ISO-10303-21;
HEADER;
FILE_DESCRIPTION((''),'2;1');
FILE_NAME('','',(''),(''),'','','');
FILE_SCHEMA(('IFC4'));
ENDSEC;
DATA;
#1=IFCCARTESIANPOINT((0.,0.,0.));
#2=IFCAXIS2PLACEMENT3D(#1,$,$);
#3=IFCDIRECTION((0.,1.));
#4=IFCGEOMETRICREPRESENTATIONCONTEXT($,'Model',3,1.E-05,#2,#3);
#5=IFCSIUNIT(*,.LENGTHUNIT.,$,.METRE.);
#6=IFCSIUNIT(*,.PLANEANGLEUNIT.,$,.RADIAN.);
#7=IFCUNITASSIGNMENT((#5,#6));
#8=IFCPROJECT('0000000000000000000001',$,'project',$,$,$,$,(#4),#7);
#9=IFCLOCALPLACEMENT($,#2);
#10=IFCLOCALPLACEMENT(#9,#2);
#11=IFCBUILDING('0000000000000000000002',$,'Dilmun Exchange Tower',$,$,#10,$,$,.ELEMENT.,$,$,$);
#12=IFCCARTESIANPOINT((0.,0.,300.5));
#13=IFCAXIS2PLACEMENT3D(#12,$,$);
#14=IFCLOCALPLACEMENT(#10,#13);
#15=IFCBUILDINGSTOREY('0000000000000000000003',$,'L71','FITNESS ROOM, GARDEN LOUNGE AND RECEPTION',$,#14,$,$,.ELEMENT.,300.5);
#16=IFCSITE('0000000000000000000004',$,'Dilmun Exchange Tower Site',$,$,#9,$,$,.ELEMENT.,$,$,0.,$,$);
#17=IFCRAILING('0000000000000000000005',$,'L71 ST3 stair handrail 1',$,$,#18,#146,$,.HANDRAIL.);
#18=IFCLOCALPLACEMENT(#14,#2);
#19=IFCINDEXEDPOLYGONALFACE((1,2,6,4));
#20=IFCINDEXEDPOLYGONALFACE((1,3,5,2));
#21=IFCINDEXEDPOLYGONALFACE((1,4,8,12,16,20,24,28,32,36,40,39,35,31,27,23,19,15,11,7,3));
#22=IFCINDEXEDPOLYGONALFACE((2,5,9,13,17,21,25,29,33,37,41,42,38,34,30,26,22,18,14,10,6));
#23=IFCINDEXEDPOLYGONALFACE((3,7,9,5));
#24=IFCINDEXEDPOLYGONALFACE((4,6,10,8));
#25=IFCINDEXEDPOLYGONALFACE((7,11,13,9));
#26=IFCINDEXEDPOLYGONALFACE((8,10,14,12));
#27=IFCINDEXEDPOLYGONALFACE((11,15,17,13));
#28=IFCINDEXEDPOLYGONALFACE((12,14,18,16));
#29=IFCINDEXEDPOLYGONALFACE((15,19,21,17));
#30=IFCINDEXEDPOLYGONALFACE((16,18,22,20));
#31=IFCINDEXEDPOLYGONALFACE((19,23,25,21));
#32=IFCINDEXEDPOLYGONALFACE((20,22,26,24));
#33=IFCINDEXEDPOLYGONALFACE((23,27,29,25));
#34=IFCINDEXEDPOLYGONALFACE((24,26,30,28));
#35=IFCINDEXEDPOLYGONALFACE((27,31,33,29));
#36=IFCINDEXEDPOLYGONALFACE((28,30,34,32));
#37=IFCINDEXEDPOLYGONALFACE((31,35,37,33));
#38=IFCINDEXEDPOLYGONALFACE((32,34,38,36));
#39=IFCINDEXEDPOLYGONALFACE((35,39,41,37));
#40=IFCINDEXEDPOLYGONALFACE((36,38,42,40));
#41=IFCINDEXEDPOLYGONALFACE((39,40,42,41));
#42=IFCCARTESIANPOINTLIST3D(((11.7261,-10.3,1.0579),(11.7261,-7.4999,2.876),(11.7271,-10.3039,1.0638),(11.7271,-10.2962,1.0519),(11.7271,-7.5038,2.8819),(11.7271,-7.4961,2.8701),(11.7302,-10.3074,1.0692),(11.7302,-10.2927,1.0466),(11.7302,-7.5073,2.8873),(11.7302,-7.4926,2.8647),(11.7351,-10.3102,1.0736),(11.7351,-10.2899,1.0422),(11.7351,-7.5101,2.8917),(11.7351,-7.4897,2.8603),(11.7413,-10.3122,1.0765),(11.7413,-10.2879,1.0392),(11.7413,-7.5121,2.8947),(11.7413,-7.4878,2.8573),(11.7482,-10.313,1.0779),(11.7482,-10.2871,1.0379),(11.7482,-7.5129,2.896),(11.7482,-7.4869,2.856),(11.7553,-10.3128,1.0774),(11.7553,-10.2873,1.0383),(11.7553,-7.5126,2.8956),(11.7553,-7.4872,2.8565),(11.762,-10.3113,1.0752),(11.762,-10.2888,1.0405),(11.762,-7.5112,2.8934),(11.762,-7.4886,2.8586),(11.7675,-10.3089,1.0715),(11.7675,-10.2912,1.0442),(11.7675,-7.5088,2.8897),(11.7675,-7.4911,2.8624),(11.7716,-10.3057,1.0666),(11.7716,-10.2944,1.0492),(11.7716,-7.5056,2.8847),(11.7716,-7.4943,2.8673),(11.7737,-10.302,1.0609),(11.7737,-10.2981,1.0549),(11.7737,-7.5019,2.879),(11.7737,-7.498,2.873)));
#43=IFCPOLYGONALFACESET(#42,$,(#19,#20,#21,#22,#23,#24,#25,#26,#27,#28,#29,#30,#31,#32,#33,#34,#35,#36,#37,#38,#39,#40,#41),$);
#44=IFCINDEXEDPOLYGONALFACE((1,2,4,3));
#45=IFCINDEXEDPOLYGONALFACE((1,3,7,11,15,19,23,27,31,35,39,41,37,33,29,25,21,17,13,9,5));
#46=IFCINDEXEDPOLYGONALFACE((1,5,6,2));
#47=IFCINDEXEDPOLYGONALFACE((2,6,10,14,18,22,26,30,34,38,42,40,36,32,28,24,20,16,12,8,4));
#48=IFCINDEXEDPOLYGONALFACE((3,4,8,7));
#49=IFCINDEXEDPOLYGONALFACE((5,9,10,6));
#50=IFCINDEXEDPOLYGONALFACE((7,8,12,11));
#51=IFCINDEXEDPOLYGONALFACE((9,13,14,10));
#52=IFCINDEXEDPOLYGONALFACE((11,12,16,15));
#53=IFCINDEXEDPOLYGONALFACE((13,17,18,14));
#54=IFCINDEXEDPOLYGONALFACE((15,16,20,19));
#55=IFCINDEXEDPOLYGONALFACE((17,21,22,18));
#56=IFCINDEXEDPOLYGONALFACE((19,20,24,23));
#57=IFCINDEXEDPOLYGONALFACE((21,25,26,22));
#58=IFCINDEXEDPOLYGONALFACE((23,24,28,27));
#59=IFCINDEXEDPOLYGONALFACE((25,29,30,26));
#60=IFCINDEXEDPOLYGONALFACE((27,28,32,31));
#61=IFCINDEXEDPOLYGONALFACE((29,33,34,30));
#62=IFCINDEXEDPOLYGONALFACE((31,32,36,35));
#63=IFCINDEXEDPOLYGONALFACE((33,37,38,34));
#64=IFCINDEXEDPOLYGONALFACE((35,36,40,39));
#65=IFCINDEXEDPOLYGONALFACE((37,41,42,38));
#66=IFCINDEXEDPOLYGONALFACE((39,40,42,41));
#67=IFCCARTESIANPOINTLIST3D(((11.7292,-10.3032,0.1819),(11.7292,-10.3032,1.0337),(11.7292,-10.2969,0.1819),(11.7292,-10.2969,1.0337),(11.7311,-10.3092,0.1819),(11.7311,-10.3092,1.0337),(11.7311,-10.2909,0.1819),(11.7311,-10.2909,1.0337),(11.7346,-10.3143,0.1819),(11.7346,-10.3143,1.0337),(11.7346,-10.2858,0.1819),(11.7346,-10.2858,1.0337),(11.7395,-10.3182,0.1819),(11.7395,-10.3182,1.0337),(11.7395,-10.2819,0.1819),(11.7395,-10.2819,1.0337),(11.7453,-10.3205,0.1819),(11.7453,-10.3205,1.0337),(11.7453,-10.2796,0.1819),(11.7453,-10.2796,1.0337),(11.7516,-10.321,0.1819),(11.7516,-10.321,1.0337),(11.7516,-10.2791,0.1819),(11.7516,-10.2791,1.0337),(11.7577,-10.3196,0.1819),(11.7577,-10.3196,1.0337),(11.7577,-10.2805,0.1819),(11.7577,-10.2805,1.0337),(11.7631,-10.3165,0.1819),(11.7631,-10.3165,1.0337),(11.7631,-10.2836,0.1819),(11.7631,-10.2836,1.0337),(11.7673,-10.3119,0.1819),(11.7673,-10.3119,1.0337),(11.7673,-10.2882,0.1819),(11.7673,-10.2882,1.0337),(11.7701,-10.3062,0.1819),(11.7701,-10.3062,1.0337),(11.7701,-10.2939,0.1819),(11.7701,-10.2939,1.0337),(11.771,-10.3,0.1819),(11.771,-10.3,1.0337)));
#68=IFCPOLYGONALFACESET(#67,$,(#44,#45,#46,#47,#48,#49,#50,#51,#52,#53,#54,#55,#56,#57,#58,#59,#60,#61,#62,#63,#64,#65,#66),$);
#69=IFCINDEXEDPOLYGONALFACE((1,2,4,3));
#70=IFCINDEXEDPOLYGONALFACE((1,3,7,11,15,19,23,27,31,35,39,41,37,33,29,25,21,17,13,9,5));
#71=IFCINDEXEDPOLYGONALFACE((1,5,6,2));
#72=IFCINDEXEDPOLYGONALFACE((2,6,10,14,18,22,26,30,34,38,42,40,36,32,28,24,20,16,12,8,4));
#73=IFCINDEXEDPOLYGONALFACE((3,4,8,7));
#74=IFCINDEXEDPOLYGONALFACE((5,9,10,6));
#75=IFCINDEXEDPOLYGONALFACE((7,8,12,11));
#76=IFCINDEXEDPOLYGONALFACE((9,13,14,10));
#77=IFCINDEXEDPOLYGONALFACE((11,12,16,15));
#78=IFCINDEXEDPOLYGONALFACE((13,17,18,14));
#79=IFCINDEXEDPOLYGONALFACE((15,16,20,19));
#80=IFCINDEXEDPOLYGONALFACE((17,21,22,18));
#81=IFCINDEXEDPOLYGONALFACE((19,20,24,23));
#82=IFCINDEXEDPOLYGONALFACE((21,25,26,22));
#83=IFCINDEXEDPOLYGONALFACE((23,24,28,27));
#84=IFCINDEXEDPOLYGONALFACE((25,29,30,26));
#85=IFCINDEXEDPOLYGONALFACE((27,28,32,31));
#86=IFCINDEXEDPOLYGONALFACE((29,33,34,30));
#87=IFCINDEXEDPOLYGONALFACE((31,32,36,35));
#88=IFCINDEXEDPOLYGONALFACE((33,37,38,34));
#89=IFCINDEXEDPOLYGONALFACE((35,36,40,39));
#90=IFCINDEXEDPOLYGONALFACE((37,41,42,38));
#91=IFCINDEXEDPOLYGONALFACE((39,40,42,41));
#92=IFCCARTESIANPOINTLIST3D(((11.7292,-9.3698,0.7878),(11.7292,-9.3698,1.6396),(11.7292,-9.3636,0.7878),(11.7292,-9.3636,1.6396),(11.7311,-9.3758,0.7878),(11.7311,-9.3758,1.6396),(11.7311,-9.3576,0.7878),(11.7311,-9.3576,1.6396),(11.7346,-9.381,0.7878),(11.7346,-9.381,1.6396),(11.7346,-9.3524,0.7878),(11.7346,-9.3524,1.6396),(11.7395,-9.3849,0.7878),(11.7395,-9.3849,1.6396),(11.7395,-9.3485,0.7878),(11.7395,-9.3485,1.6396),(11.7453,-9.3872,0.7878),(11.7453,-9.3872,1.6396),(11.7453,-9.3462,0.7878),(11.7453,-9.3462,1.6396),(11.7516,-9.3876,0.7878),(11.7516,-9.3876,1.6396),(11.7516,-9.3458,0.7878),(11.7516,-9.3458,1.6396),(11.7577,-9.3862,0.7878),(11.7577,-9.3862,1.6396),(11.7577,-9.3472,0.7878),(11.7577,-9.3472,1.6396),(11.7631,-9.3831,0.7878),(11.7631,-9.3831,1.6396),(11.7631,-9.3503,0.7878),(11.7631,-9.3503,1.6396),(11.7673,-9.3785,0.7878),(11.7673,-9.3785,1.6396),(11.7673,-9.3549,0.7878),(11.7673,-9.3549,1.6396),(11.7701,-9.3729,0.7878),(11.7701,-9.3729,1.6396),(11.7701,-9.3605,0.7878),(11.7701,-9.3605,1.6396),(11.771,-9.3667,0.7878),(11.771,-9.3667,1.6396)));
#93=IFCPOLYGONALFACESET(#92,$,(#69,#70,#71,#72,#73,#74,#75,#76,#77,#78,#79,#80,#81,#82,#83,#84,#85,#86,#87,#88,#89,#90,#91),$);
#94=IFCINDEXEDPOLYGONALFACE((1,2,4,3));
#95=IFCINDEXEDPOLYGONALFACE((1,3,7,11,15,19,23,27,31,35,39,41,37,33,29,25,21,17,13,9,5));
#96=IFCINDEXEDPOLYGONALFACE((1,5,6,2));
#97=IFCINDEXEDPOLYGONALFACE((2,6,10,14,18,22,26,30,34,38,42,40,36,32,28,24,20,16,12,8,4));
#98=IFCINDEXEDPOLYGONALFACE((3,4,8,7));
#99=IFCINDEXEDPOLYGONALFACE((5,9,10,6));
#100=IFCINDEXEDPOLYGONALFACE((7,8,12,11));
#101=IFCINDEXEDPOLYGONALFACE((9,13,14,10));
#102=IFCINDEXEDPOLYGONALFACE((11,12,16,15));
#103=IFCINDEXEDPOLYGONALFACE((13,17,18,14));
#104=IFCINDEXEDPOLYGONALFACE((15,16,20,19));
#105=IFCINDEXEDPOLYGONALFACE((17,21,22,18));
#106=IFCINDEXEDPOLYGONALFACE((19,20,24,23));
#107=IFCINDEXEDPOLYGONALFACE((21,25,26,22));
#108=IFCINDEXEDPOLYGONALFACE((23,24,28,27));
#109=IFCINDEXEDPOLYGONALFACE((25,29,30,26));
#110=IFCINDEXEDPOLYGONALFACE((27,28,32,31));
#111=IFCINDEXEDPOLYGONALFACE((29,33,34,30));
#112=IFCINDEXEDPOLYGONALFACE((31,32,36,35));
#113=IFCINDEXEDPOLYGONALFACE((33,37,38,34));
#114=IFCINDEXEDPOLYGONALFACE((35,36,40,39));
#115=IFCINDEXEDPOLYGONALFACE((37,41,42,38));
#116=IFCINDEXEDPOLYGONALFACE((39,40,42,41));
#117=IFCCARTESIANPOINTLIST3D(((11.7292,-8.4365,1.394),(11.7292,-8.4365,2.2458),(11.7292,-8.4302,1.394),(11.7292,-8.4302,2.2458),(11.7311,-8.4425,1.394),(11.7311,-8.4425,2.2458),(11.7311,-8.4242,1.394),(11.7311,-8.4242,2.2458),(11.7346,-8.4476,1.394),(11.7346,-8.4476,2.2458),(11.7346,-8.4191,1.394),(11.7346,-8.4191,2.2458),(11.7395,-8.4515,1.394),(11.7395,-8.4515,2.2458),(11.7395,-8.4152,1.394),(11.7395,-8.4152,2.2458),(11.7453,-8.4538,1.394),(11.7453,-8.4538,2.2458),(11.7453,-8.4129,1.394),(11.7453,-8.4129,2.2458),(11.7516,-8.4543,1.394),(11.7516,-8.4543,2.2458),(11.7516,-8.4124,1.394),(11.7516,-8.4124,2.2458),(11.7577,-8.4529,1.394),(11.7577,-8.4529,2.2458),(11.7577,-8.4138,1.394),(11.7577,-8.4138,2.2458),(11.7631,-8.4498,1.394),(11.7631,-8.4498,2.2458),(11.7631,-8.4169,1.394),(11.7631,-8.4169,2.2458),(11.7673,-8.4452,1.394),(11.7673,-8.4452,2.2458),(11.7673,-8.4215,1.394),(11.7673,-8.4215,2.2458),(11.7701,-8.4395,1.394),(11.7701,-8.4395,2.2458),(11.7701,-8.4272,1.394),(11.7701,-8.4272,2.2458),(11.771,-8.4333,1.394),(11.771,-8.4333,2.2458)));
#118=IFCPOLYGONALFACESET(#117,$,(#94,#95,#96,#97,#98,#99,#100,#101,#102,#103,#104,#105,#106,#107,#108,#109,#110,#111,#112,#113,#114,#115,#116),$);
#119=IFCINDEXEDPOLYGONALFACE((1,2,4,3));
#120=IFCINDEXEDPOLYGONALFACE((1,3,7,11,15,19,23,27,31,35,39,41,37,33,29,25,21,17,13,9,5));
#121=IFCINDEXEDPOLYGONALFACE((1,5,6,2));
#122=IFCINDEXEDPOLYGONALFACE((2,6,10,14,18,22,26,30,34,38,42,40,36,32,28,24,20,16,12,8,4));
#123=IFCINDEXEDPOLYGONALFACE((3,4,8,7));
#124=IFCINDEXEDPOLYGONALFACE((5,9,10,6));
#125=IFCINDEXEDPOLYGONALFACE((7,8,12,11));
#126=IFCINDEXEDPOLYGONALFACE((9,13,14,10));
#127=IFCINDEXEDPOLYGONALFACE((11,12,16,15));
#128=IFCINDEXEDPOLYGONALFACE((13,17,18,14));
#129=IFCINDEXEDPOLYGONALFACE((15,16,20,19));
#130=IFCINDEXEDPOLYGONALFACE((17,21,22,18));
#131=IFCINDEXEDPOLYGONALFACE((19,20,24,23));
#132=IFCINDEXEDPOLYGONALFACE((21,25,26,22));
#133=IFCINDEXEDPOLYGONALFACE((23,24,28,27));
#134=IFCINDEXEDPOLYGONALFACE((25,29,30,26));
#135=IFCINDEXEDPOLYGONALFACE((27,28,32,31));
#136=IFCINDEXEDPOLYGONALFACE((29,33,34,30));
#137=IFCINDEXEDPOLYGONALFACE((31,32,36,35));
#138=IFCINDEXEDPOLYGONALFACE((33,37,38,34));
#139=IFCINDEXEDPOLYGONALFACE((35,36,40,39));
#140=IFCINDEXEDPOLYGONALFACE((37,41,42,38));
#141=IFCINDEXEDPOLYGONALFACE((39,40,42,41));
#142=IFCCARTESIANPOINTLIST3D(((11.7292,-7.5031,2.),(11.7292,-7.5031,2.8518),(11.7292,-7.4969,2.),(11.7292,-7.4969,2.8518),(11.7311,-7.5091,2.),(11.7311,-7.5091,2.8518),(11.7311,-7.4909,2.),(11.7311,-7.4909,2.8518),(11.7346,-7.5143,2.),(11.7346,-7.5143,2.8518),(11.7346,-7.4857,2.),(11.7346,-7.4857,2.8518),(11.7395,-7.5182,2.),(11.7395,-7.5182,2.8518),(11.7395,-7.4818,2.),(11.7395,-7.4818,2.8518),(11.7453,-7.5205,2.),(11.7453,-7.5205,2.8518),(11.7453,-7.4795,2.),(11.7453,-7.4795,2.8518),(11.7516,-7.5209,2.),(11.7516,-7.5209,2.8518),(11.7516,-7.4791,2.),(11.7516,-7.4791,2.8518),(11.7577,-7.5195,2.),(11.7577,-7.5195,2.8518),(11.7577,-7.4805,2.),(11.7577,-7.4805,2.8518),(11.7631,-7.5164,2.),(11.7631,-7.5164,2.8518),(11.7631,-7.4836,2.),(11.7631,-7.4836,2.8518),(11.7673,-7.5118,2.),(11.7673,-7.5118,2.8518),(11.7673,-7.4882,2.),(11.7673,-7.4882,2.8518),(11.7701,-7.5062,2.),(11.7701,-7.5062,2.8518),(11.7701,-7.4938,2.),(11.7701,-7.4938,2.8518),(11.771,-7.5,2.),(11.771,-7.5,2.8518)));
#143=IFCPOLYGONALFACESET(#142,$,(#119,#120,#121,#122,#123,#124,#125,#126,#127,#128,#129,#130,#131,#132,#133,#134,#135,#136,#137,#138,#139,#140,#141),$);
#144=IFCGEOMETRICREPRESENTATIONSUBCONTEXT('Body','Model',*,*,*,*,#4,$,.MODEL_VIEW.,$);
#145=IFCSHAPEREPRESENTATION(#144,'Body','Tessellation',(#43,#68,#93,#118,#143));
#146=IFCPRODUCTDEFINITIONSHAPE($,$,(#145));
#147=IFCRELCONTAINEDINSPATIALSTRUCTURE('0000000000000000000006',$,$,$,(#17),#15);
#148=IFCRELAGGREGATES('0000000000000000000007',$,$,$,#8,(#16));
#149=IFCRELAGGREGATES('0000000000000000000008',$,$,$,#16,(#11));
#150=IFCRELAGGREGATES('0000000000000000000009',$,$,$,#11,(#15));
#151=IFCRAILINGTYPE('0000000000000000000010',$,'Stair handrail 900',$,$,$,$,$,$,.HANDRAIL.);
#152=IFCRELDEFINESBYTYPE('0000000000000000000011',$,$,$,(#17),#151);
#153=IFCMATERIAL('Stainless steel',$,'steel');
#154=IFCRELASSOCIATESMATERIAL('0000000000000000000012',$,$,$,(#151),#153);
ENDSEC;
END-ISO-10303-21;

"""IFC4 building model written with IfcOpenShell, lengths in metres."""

from ifc_helpers import new_model, si_unit, direction, frame, origin, origin_2d, place, context, subcontext, project, spatial, circle, extrude, material, type_object, element, save


model = new_model("IFC4")

# Units and contexts
model_context = context("Model", 3, precision=1e-05, world=origin(), true_north=direction((0.0, 1.0)))
body_context = subcontext(model_context, "Body", "Model", "MODEL_VIEW")
ifc_project = project(units=[si_unit("LENGTHUNIT", "METRE"), si_unit("PLANEANGLEUNIT", "RADIAN")], contexts=[model_context])

# Site, building, storey
site_placement = place(None, origin())
site = spatial("IfcSite", under=ifc_project, at=site_placement, Name="Dilmun Exchange Tower Site", CompositionType="ELEMENT", RefElevation=0.0)
building_placement = place(site_placement, origin())
building = spatial("IfcBuilding", under=site, at=building_placement, Name="Dilmun Exchange Tower", CompositionType="ELEMENT")
storey_placement = place(building_placement, frame((0.0, 0.0, 300.5)))
storey = spatial("IfcBuildingStorey", under=building, at=storey_placement, Name="L71", Description="FITNESS ROOM, GARDEN LOUNGE AND RECEPTION", CompositionType="ELEMENT", Elevation=300.5)

# Railing
ifc_material_1 = material(Name="Stainless steel", Category="steel")
railing_type = type_object("IfcRailingType", Name="Stair handrail 900", PredefinedType="HANDRAIL", material=ifc_material_1)
railing_placement = place(storey_placement, frame((11.75, -10.3, 0.1819)))
element("IfcRailing", 1, at=railing_placement, inside=storey, type_object=railing_type, Name="L71 ST3 stair handrail 1", PredefinedType="HANDRAIL", context=body_context, shape_type="SweptSolid", body=[
    extrude(circle(Radius=0.0239, at=origin_2d()), frame((0.0, 0.0, 0.876), z_axis=(0.0, 0.838706, 0.544585), x_axis=(-1.0, 0.0, 0.0)), (0.0, 0.0, 1.0), 3.3386),
    extrude(circle(Radius=0.021, at=origin_2d()), origin(), (0.0, 0.0, 1.0), 0.8518),
    extrude(circle(Radius=0.021, at=origin_2d()), frame((0.0, 0.9333, 0.606)), (0.0, 0.0, 1.0), 0.8518),
    extrude(circle(Radius=0.021, at=origin_2d()), frame((0.0, 1.8667, 1.2122)), (0.0, 0.0, 1.0), 0.8518),
    extrude(circle(Radius=0.021, at=origin_2d()), frame((0.0, 2.8, 1.8181)), (0.0, 0.0, 1.0), 0.8518),
])

save(model, "model.ifc")
